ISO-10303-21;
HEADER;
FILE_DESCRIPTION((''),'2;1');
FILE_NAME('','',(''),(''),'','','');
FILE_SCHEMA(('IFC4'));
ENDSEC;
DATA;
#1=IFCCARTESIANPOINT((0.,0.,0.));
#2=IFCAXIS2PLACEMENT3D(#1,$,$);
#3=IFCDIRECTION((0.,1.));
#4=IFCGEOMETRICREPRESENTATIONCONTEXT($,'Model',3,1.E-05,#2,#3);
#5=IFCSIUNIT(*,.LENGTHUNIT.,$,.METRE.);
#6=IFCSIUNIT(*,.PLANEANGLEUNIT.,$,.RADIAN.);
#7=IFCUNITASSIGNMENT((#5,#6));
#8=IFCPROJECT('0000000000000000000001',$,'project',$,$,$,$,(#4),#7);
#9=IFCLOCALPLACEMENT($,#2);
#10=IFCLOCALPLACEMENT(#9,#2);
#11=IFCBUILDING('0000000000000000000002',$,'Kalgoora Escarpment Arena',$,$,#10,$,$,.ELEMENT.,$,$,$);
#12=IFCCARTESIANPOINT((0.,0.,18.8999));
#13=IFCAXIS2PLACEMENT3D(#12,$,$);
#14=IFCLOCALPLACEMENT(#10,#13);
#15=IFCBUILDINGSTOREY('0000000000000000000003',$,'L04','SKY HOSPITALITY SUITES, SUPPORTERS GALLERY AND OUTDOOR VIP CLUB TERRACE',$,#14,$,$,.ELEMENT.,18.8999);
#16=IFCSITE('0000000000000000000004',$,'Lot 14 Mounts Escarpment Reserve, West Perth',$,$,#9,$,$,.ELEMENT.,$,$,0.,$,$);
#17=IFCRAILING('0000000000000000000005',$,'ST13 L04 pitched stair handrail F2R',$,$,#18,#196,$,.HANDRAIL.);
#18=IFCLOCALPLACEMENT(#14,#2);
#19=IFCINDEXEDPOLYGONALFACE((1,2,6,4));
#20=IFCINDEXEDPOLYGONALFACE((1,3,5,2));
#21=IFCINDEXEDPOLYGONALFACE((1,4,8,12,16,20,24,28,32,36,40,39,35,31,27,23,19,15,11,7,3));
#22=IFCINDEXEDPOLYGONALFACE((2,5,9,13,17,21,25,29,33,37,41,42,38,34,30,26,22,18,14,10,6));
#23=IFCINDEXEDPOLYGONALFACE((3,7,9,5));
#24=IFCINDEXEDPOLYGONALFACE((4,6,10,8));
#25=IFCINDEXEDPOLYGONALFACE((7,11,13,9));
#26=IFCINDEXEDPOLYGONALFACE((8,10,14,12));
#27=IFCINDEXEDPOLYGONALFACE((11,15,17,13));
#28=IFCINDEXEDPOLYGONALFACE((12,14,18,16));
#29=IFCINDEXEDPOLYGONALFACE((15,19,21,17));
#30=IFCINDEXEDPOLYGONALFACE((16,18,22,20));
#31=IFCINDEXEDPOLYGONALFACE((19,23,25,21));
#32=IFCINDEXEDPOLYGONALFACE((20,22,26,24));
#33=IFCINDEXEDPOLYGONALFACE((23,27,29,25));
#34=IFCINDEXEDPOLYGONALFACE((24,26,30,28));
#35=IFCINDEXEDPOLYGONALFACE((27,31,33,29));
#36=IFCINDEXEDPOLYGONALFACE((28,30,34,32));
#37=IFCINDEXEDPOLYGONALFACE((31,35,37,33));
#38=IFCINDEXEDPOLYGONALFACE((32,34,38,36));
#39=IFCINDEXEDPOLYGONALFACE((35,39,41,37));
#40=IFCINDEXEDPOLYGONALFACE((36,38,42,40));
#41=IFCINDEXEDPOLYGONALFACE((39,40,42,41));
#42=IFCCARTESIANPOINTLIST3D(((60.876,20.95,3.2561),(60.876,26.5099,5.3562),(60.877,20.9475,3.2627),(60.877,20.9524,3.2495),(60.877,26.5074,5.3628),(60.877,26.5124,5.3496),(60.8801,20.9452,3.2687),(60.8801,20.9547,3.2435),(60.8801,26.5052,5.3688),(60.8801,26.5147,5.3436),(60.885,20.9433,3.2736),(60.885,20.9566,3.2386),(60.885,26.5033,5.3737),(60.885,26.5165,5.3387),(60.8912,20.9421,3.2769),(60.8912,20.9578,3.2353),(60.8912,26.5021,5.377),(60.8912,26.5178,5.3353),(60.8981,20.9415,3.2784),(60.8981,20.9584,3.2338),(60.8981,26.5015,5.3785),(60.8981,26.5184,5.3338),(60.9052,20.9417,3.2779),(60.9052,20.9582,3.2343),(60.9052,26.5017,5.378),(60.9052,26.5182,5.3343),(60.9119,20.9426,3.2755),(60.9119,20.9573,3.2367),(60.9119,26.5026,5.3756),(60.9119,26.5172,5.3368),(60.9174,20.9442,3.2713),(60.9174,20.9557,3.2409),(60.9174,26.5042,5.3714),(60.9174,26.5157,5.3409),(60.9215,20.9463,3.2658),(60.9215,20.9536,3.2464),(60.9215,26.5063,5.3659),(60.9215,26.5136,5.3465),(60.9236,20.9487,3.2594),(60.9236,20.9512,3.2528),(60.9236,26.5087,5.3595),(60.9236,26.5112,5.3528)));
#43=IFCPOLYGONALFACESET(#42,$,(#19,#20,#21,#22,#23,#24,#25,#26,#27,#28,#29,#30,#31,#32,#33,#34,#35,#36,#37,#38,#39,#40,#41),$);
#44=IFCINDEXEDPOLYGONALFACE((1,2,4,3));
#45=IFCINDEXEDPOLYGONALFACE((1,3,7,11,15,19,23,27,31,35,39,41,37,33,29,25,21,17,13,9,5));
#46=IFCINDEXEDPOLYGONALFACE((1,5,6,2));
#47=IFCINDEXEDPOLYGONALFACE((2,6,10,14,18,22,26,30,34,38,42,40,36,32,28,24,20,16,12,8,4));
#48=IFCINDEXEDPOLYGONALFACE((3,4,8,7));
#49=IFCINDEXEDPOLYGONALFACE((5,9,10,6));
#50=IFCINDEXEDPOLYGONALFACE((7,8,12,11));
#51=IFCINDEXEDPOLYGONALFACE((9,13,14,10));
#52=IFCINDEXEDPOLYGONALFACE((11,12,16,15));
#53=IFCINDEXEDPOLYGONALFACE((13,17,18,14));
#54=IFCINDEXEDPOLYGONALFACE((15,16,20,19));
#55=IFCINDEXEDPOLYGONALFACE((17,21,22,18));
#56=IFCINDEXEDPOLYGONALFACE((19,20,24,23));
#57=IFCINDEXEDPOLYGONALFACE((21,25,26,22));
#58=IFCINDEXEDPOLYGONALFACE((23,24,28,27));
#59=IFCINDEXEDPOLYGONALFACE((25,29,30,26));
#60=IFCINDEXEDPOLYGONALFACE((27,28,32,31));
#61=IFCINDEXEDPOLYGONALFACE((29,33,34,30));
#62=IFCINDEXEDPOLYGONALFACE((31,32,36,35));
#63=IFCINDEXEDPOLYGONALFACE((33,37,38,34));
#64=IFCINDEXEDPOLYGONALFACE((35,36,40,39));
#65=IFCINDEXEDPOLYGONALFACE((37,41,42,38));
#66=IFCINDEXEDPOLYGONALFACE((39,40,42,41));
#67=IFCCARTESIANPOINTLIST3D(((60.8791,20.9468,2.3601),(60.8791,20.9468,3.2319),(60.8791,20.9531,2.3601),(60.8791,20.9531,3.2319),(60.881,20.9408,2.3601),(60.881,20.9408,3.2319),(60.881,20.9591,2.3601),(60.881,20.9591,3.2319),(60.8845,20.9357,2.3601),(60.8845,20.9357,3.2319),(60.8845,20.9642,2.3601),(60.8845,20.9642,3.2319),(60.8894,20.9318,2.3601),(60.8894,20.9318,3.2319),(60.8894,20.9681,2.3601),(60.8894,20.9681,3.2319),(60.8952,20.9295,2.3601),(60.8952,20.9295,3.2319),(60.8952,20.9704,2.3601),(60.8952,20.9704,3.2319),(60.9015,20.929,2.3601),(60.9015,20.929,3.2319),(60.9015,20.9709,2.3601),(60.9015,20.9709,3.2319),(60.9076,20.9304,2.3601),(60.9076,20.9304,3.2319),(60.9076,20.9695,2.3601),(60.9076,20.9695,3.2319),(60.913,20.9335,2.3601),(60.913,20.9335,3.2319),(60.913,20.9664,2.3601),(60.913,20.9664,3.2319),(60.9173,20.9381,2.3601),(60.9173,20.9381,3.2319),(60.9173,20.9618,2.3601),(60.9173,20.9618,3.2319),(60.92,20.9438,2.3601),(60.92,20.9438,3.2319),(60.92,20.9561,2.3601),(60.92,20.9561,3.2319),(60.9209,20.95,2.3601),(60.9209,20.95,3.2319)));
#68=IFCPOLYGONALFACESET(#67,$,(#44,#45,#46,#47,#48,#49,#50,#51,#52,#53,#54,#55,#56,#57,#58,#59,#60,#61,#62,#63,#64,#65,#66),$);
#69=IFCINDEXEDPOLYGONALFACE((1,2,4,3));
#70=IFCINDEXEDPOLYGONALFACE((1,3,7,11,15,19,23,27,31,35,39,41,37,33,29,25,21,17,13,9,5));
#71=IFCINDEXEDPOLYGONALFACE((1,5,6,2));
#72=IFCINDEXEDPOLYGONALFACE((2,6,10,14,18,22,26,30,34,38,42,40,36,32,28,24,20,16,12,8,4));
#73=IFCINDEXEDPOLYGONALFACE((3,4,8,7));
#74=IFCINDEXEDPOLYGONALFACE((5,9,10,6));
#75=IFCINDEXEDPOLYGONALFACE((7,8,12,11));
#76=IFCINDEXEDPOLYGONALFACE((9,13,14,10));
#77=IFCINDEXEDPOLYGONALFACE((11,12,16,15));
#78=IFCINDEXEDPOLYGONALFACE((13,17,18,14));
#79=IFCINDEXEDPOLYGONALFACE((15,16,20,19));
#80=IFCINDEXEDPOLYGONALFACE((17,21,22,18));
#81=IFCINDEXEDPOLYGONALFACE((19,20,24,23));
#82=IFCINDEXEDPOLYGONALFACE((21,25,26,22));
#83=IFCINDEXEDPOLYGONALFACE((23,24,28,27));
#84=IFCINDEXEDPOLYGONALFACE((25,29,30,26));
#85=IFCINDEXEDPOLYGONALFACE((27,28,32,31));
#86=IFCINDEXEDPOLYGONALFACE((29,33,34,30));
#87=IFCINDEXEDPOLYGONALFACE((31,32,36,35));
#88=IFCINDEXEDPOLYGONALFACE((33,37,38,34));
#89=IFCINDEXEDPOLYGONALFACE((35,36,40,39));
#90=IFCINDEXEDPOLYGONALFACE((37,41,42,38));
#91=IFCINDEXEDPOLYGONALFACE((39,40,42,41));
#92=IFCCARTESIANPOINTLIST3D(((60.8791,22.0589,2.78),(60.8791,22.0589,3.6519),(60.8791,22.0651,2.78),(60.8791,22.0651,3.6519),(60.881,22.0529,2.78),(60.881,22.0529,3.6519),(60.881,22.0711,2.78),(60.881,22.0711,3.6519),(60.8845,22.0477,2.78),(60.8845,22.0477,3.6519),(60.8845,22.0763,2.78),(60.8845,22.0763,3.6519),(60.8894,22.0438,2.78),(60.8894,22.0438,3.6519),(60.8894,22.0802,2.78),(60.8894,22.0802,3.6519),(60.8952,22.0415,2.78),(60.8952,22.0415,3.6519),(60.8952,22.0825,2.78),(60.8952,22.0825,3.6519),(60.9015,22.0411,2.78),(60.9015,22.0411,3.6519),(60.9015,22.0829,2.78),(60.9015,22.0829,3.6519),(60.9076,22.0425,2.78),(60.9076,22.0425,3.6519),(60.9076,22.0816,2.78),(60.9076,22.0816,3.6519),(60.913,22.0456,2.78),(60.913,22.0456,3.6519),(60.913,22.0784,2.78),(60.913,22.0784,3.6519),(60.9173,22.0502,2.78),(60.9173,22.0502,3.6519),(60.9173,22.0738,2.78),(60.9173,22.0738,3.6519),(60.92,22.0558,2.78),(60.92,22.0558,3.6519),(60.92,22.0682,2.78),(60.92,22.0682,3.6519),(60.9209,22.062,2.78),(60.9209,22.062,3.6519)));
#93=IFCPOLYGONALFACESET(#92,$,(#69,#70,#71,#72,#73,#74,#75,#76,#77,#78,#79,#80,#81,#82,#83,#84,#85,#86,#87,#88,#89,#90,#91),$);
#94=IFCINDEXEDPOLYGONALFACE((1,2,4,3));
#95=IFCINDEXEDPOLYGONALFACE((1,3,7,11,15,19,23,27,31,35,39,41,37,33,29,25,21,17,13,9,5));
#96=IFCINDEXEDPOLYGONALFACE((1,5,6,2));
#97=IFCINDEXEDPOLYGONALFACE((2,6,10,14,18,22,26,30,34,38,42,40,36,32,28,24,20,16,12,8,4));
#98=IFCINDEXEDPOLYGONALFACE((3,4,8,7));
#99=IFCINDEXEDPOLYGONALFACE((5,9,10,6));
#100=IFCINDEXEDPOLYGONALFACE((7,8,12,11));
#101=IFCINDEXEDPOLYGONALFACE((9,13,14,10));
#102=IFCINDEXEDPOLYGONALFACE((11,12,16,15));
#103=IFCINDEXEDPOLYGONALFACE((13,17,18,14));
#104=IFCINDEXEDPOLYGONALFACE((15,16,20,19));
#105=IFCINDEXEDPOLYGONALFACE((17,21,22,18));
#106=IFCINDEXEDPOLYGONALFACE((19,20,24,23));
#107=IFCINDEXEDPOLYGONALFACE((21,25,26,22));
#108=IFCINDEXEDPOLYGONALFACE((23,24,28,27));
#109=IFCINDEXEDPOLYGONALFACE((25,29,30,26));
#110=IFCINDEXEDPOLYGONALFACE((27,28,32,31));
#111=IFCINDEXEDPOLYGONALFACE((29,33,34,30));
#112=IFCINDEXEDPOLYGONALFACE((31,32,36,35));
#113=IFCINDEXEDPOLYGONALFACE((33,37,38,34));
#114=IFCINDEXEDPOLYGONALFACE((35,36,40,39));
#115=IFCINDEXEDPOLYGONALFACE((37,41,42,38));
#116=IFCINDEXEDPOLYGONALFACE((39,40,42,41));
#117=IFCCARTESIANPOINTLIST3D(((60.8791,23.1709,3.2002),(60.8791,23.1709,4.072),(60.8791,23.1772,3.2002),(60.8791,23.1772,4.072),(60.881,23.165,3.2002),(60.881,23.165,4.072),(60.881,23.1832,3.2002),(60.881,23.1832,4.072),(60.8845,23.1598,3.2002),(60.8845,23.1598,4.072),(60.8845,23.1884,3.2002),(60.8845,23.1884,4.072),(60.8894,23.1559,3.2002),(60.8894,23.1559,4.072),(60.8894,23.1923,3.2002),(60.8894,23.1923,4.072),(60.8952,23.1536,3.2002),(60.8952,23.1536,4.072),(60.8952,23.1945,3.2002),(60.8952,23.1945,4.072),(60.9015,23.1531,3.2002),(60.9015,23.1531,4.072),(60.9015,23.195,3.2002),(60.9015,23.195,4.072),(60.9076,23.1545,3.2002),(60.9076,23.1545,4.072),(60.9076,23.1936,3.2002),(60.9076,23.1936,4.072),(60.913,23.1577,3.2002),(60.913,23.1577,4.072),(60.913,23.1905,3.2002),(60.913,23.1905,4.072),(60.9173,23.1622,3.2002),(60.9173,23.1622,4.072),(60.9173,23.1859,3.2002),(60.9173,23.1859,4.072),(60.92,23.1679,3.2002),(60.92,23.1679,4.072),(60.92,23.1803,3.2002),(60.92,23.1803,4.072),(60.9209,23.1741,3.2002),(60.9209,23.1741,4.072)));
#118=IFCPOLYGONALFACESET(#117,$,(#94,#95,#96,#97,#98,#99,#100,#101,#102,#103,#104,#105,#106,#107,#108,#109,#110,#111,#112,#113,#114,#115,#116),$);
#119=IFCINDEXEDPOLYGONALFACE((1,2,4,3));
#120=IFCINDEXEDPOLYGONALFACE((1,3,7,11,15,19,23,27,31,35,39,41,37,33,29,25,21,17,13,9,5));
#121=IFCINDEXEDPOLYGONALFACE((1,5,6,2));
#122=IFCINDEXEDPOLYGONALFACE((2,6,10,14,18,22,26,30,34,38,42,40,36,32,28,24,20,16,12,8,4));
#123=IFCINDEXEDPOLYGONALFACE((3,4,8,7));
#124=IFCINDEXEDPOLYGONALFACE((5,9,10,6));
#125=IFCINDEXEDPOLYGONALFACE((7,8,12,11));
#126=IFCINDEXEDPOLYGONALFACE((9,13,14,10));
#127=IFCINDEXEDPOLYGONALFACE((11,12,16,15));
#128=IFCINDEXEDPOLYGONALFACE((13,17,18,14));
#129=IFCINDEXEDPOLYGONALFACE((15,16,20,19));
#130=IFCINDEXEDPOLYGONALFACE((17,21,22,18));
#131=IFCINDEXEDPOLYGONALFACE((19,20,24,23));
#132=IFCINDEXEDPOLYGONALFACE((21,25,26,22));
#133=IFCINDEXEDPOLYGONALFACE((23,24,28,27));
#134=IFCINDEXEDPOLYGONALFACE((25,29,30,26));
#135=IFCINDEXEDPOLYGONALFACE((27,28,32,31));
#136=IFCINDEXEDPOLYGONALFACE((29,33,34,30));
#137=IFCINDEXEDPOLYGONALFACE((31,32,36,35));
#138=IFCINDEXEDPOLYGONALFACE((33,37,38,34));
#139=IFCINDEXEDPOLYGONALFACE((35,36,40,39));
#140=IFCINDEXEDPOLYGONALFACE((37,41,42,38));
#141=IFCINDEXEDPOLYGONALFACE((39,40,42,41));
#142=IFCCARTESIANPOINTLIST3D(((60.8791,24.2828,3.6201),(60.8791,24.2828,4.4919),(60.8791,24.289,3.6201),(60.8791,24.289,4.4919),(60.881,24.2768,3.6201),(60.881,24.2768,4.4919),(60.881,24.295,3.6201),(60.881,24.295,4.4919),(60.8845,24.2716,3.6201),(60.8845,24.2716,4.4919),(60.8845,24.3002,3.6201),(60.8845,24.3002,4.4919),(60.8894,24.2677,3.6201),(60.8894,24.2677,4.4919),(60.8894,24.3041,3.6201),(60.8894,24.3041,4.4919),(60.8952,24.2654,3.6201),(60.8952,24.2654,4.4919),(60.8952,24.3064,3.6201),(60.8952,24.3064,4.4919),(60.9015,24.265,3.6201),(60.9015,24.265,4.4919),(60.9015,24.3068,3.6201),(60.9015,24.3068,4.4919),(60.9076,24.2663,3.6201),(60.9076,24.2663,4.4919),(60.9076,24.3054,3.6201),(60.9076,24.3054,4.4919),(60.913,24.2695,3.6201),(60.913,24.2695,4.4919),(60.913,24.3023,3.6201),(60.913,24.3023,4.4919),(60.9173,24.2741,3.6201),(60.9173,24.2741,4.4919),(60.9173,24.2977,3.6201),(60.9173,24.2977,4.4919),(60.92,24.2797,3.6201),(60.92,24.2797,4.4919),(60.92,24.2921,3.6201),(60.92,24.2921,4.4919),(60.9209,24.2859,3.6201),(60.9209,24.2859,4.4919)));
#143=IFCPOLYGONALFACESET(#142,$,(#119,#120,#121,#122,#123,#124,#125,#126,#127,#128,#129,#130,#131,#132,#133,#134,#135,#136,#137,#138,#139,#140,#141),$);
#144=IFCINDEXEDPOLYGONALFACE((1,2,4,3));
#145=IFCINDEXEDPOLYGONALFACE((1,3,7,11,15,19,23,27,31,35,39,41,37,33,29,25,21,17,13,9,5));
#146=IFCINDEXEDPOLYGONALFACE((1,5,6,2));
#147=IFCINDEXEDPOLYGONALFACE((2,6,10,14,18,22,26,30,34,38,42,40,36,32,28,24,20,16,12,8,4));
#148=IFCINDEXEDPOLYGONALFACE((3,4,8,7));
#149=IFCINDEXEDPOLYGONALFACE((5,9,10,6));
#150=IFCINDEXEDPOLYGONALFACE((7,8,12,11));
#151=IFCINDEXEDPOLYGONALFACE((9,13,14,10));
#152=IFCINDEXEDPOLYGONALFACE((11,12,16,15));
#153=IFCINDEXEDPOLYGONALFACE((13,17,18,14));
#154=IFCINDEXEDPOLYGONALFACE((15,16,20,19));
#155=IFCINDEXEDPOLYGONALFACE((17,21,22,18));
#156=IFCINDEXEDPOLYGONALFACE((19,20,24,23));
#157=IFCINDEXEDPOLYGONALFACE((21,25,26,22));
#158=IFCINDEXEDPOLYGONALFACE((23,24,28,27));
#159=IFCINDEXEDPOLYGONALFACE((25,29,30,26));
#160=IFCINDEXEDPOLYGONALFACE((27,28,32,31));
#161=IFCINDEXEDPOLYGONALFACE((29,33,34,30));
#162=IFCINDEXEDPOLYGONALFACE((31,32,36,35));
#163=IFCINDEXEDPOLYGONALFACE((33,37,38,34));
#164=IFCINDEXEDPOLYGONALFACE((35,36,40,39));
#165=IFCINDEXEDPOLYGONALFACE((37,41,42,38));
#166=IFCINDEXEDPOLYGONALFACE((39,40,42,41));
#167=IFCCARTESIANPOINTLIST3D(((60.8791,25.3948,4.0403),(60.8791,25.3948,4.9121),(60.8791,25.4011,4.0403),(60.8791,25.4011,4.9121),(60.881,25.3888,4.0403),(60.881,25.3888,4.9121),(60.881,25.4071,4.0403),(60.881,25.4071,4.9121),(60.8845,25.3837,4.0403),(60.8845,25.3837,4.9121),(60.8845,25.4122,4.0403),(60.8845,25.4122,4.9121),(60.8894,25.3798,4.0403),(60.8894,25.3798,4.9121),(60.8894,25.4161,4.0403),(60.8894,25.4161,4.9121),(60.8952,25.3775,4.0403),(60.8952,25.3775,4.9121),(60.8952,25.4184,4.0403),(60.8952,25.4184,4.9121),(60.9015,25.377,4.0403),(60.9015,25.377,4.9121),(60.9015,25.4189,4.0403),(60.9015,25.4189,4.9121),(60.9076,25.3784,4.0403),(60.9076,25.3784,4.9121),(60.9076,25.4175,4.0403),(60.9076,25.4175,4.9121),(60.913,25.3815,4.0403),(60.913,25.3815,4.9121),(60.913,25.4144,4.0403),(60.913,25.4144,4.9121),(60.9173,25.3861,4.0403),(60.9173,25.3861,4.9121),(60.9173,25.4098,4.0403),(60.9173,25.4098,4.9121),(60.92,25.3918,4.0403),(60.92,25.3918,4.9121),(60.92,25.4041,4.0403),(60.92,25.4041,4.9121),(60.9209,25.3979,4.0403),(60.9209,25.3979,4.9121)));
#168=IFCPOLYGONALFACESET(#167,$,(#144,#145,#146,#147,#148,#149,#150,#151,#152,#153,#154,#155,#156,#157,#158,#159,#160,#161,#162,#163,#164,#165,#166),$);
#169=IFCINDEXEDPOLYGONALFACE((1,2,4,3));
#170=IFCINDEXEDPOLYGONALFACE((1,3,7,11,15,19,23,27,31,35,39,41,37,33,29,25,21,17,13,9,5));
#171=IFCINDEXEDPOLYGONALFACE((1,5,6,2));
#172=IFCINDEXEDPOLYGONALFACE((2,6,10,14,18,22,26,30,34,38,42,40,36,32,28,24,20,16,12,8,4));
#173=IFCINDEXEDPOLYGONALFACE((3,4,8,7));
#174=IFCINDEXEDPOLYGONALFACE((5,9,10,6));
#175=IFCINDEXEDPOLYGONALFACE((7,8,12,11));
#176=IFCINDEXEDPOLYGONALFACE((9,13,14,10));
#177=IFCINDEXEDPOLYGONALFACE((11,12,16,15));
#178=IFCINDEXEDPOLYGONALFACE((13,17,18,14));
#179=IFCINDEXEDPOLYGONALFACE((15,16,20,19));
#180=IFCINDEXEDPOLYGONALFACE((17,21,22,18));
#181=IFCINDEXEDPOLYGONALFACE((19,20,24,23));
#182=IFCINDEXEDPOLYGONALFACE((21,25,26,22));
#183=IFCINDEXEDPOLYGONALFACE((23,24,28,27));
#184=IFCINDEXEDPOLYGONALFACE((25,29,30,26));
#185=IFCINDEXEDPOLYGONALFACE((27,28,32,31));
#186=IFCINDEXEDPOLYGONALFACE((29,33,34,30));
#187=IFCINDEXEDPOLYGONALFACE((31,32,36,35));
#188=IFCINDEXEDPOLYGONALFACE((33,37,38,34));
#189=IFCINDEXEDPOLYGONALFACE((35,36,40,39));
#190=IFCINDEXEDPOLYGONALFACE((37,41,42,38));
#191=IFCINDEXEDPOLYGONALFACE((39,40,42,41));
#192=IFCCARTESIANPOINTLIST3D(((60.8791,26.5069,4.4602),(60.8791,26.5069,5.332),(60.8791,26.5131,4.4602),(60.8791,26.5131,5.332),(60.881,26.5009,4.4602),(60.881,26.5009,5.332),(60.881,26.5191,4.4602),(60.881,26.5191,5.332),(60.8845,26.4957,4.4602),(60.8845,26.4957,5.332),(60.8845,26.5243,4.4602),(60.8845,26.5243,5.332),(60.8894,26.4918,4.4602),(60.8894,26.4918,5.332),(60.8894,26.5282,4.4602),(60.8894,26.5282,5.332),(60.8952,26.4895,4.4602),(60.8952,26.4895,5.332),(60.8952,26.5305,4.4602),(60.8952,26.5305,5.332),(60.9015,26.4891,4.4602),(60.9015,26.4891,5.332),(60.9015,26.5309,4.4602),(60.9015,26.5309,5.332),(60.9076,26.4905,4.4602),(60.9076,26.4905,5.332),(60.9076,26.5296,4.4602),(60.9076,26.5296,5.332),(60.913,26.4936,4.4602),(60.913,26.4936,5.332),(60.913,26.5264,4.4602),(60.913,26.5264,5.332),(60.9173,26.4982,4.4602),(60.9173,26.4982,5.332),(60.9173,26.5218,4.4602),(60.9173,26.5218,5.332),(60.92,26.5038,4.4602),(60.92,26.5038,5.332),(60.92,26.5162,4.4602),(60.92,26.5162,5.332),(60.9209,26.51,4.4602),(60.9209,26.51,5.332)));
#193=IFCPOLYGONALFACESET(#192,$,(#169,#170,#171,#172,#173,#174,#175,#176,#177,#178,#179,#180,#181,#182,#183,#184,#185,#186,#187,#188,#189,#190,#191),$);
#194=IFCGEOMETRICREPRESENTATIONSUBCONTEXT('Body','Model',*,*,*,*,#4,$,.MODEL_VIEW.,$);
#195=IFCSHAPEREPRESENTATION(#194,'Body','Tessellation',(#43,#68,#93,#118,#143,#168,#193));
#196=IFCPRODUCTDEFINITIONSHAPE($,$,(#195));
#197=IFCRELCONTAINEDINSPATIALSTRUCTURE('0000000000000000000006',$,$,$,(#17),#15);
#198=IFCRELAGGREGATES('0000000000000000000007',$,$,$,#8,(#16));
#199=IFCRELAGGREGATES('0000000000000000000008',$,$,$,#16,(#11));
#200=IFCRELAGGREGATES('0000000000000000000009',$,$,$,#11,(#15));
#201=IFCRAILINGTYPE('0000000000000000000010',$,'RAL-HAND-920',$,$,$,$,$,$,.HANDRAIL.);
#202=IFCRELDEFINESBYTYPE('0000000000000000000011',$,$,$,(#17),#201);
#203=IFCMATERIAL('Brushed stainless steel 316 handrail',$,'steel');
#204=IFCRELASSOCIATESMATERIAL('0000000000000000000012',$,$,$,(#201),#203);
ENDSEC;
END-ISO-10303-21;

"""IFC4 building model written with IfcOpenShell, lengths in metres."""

from ifc_helpers import new_model, si_unit, direction, frame, origin, origin_2d, place, context, subcontext, project, spatial, circle, extrude, material, type_object, element, save


model = new_model("IFC4")

# Units and contexts
model_context = context("Model", 3, precision=1e-05, world=origin(), true_north=direction((0.0, 1.0)))
body_context = subcontext(model_context, "Body", "Model", "MODEL_VIEW")
ifc_project = project(units=[si_unit("LENGTHUNIT", "METRE"), si_unit("PLANEANGLEUNIT", "RADIAN")], contexts=[model_context])

# Site, building, storey
site_placement = place(None, origin())
site = spatial("IfcSite", under=ifc_project, at=site_placement, Name="Lot 14 Mounts Escarpment Reserve, West Perth", CompositionType="ELEMENT", RefElevation=0.0)
building_placement = place(site_placement, origin())
building = spatial("IfcBuilding", under=site, at=building_placement, Name="Kalgoora Escarpment Arena", CompositionType="ELEMENT")
storey_placement = place(building_placement, frame((0.0, 0.0, 18.8999)))
storey = spatial("IfcBuildingStorey", under=building, at=storey_placement, Name="L04", Description="SKY HOSPITALITY SUITES, SUPPORTERS GALLERY AND OUTDOOR VIP CLUB TERRACE", CompositionType="ELEMENT", Elevation=18.8999)

# Railing
ifc_material_1 = material(Name="Brushed stainless steel 316 handrail", Category="steel")
railing_type_1 = type_object("IfcRailingType", Name="RAL-HAND-920", PredefinedType="HANDRAIL", material=ifc_material_1)
for number, where, name in (
    (1, (60.8999, 20.95, 2.3601), "ST13 L04 pitched stair handrail F2R"),
):
    element("IfcRailing", number, at=place(storey_placement, frame(where)), inside=storey, type_object=railing_type_1, Name=name, PredefinedType="HANDRAIL", context=body_context, shape_type="SweptSolid", body=[
        extrude(circle(Radius=0.0239, at=origin_2d()), frame((0.0, 0.0, 0.896), z_axis=(0.0, 0.935493, 0.353346), x_axis=(-1.0, 0.0, 0.0)), (0.0, 0.0, 1.0), 5.9434),
        extrude(circle(Radius=0.021, at=origin_2d()), origin(), (0.0, 0.0, 1.0), 0.8718),
        extrude(circle(Radius=0.021, at=origin_2d()), frame((0.0, 1.1121, 0.4199)), (0.0, 0.0, 1.0), 0.8718),
        extrude(circle(Radius=0.021, at=origin_2d()), frame((0.0, 2.2241, 0.8401)), (0.0, 0.0, 1.0), 0.8718),
        extrude(circle(Radius=0.021, at=origin_2d()), frame((0.0, 3.3359, 1.26)), (0.0, 0.0, 1.0), 0.8718),
        extrude(circle(Radius=0.021, at=origin_2d()), frame((0.0, 4.448, 1.6802)), (0.0, 0.0, 1.0), 0.8718),
        extrude(circle(Radius=0.021, at=origin_2d()), frame((0.0, 5.5601, 2.1001)), (0.0, 0.0, 1.0), 0.8718),
    ])

save(model, "model.ifc")
